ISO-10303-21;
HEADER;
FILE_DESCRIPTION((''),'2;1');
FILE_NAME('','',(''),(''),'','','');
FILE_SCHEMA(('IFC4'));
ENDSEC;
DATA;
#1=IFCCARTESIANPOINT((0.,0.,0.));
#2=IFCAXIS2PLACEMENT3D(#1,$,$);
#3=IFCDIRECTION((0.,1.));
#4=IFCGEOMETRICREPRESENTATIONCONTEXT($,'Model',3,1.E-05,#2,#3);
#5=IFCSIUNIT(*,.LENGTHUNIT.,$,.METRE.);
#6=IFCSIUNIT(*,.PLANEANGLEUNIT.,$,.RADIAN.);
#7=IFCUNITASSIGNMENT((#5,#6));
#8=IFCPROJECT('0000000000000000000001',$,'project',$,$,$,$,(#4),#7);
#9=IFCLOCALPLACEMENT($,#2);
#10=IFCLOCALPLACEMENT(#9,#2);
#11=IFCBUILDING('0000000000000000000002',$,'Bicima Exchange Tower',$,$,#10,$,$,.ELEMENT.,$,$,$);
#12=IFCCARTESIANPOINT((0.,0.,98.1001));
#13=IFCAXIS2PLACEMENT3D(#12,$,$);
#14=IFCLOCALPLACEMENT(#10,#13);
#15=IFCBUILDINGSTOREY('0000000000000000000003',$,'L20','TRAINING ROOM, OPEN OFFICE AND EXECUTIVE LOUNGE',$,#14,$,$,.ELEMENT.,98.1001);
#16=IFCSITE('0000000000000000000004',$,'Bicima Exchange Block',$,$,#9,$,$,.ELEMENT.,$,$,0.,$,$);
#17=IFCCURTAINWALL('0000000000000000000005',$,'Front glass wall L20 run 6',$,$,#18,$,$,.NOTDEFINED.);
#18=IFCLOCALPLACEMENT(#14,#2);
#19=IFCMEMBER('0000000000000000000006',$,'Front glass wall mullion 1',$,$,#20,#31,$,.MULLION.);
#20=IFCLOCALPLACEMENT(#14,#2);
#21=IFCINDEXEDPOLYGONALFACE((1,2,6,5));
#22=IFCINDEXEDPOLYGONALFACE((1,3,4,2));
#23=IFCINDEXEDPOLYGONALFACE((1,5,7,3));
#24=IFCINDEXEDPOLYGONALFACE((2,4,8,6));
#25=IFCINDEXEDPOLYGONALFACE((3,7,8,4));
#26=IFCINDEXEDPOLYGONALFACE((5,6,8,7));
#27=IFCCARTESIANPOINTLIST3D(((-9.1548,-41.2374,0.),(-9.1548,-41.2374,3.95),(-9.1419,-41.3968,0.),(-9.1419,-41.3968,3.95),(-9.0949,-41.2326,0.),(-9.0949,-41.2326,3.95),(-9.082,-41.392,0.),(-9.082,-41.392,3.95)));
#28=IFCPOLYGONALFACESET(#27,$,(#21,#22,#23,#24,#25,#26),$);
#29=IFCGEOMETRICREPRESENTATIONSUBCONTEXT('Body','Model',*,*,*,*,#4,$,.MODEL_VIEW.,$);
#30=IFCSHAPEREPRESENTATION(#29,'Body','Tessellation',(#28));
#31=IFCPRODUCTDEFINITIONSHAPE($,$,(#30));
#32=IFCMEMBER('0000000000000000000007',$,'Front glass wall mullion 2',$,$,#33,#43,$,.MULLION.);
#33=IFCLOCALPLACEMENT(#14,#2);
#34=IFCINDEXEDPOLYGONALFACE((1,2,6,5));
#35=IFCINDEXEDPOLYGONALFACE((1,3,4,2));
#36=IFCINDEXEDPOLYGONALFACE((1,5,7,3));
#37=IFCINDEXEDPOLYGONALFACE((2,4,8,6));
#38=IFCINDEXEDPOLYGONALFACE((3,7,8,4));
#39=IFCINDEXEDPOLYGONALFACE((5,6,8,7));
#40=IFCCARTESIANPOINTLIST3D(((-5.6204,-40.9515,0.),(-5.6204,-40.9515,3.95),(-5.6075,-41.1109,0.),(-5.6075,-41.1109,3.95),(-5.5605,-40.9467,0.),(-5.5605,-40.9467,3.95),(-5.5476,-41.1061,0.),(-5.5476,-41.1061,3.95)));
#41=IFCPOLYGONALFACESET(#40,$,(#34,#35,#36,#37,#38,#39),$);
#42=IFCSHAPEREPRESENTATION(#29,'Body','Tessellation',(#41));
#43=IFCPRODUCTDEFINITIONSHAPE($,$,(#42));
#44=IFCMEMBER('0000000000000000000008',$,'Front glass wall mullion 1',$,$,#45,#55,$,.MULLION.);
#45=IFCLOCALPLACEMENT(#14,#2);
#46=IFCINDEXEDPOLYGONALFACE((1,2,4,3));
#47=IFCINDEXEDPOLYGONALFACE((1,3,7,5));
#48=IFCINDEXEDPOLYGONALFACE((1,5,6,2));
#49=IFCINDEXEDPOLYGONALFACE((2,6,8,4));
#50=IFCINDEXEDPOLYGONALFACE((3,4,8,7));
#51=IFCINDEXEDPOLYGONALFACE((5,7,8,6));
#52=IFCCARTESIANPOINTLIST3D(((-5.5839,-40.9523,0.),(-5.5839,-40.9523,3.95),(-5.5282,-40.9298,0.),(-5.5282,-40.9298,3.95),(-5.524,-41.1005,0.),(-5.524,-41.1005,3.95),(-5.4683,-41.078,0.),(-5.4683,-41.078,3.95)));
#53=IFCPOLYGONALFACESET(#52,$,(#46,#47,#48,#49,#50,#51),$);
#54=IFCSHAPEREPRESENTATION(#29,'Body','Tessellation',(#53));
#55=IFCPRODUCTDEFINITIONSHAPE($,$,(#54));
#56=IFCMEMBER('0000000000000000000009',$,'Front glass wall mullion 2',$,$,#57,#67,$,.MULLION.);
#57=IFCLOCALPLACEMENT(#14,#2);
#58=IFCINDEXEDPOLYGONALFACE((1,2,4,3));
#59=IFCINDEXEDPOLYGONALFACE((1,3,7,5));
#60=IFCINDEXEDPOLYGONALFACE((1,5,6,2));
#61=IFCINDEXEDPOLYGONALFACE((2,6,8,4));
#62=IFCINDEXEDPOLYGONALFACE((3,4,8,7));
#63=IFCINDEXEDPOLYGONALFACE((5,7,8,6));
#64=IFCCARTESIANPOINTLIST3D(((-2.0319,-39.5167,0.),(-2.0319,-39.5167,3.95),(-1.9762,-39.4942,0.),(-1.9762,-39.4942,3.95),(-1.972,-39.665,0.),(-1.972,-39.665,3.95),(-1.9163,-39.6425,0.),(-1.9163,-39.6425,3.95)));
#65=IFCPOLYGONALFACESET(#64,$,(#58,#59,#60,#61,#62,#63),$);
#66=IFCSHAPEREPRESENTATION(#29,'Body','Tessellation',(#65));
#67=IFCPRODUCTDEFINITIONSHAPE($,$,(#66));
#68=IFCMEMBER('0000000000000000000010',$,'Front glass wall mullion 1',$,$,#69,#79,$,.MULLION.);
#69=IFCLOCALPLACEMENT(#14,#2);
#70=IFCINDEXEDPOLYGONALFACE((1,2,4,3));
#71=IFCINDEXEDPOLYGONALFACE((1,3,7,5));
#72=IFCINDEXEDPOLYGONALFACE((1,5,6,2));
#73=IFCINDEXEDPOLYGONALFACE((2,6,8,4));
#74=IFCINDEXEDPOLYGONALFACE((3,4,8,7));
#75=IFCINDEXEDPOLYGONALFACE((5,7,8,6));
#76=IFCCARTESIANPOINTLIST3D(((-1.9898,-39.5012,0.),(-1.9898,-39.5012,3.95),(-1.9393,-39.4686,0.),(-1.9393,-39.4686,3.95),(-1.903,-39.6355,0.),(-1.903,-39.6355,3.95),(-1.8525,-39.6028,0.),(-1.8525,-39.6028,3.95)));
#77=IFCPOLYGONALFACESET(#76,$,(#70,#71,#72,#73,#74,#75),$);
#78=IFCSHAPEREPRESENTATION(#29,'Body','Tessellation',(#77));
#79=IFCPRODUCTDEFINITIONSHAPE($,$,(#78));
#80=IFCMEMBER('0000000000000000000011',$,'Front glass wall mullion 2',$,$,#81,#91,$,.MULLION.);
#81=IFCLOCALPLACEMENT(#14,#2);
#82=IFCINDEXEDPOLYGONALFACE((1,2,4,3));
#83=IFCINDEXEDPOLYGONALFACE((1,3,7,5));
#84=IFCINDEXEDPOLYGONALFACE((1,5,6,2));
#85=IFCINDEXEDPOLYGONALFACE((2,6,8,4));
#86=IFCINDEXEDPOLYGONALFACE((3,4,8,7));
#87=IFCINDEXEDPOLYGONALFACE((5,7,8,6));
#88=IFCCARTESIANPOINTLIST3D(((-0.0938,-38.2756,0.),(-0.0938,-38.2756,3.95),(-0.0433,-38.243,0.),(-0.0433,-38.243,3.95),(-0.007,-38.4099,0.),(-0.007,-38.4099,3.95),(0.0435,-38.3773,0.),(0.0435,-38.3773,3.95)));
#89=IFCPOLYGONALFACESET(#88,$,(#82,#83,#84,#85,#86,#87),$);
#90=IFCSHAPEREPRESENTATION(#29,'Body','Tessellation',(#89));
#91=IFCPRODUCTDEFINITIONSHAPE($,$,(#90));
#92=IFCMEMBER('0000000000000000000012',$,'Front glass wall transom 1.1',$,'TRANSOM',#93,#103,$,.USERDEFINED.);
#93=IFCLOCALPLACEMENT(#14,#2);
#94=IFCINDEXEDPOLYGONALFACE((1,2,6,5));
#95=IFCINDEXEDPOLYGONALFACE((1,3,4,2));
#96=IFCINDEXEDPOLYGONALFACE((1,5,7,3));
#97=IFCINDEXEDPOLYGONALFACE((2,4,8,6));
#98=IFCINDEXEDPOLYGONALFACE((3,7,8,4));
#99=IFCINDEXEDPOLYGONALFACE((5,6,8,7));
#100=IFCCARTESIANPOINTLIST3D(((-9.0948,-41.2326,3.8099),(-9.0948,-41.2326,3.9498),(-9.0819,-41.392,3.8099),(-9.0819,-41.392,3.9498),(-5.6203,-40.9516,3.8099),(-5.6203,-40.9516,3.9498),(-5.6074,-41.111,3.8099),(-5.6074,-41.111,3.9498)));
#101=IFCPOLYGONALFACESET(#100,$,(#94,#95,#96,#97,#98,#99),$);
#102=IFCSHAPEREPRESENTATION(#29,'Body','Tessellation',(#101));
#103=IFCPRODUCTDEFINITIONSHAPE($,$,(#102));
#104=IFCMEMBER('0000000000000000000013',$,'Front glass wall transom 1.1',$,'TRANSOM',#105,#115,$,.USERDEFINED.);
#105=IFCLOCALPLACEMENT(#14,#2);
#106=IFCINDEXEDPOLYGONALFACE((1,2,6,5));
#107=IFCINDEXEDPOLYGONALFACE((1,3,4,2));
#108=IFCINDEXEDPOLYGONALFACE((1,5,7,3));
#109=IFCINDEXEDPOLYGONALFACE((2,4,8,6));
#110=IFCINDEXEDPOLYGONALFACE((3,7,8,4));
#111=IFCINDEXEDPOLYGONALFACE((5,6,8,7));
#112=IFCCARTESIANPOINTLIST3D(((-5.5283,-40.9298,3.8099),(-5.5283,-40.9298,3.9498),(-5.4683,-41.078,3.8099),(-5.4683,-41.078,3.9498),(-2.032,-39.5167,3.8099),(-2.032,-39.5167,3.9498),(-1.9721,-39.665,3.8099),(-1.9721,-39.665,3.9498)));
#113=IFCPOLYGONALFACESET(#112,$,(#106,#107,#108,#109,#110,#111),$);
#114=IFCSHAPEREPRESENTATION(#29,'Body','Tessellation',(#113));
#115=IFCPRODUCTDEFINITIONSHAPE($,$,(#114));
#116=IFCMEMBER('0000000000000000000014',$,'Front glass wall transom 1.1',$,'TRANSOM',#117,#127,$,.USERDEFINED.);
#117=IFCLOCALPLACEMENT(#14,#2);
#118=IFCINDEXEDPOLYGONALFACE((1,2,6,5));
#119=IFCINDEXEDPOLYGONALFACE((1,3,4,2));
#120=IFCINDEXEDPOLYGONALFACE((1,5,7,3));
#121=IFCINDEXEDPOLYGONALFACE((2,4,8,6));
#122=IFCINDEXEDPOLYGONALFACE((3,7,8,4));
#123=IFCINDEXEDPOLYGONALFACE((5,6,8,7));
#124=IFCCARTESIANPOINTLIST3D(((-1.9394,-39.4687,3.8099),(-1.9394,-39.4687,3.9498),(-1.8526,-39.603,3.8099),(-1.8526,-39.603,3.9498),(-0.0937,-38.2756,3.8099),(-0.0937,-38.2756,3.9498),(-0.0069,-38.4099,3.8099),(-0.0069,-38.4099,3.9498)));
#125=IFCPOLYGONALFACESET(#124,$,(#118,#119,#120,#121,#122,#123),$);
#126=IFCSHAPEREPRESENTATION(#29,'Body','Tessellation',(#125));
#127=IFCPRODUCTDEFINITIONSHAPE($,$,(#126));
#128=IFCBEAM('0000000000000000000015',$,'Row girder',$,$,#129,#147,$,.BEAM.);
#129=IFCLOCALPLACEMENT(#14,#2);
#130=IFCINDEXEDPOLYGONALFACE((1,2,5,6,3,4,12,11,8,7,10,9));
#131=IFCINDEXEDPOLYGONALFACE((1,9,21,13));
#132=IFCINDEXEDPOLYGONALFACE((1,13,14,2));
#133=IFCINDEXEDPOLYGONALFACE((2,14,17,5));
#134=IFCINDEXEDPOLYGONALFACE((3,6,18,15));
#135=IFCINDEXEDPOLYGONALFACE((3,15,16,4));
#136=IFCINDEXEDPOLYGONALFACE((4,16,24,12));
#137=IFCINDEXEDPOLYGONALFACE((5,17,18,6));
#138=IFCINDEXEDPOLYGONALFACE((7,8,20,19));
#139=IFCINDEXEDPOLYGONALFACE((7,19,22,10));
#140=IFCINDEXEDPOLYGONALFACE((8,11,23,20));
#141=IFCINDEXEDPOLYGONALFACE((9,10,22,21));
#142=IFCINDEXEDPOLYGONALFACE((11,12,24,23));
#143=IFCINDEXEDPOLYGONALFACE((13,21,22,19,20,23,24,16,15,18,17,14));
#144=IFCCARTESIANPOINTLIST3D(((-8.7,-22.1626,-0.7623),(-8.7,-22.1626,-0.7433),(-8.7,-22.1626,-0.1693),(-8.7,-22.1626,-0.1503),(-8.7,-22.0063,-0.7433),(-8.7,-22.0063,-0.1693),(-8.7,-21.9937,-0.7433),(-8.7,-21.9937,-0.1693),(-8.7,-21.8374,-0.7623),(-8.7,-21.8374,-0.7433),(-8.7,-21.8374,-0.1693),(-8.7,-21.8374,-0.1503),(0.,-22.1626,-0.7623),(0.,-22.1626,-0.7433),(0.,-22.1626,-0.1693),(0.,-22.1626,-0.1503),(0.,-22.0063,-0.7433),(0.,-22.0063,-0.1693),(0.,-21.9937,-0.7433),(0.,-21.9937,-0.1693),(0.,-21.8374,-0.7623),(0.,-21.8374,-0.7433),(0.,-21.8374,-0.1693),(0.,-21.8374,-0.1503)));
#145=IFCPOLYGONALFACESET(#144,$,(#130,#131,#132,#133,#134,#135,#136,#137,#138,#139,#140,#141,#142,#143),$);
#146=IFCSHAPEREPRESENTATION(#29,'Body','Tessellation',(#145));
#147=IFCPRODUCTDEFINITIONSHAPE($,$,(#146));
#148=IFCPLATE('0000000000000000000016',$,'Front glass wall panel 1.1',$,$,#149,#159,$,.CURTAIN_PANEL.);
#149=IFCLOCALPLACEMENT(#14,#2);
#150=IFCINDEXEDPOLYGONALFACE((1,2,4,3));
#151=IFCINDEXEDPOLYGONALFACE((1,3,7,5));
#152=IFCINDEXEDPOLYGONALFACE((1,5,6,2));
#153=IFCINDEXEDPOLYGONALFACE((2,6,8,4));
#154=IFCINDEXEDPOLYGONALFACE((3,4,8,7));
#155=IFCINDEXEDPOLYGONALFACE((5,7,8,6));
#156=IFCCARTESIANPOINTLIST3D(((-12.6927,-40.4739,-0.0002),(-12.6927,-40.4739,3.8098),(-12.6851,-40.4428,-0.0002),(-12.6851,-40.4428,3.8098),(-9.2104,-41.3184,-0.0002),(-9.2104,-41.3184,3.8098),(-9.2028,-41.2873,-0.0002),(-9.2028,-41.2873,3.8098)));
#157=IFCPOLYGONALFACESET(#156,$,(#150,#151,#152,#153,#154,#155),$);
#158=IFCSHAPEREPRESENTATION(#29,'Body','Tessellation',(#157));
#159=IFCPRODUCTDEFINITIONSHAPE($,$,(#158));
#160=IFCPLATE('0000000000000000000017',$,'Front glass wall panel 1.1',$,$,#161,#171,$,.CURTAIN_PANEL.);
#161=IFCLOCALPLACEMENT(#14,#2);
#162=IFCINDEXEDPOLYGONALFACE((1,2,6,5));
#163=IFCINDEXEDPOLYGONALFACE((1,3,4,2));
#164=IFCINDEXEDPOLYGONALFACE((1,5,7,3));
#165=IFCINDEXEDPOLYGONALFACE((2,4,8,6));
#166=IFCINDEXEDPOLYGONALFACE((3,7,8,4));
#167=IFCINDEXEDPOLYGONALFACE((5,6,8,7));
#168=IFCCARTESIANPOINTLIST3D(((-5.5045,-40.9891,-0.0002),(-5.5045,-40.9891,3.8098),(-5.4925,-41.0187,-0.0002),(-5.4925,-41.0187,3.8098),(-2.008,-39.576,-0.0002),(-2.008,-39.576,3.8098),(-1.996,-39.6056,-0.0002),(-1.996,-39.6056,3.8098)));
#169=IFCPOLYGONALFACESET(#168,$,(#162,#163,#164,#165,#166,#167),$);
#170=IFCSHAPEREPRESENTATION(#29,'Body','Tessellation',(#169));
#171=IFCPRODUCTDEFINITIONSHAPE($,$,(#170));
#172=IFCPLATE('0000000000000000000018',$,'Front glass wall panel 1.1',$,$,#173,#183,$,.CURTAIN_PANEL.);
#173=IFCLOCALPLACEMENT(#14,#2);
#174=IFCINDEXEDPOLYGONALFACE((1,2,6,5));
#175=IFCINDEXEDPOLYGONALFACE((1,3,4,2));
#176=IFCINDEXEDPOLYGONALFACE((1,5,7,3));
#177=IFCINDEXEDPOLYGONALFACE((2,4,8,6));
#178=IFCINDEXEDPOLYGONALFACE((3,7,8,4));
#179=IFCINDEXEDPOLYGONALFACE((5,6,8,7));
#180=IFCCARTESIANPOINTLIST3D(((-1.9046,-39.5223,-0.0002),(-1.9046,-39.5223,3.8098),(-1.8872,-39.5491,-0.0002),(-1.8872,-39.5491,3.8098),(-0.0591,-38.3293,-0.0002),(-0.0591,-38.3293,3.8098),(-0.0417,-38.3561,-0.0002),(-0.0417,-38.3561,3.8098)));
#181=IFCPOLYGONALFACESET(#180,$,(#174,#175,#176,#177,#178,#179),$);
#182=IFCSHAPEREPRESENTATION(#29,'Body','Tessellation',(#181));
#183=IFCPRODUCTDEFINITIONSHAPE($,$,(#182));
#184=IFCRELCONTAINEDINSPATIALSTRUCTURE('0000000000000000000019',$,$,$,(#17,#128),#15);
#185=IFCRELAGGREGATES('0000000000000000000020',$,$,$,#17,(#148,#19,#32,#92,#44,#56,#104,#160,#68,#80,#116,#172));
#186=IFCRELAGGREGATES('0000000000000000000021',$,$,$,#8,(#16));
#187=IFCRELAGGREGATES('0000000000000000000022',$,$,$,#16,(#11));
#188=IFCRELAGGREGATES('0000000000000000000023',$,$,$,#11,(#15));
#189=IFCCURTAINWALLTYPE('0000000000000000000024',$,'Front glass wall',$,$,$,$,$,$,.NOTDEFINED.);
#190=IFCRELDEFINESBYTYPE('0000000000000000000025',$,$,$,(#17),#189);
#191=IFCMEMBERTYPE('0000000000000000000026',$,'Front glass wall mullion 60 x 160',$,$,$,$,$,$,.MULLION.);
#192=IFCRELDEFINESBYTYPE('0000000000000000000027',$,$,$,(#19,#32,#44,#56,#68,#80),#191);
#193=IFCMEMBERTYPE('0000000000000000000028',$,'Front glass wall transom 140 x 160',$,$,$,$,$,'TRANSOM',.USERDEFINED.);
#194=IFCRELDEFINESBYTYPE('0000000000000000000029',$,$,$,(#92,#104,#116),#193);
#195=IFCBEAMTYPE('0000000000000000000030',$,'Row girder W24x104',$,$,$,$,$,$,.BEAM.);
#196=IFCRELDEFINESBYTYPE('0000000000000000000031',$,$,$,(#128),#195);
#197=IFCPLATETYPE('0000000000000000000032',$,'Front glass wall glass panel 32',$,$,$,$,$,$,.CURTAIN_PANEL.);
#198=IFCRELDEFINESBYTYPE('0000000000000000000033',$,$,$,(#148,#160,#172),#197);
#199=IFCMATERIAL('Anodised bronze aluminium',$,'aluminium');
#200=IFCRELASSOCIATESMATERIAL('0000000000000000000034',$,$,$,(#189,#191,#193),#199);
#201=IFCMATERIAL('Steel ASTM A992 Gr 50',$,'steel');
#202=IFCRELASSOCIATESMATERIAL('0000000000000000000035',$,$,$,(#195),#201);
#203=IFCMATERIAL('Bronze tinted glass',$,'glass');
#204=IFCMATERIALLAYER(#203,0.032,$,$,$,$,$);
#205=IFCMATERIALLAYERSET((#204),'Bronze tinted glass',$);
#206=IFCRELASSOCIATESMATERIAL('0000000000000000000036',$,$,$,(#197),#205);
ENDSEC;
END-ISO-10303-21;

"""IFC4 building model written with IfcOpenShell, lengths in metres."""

from ifc_helpers import new_model, si_unit, direction, frame, origin, origin_2d, place, context, subcontext, project, spatial, rectangle, i_section, extrude, material, layer, layer_set, material_profile, profile_set, type_object, element, aggregate, save


model = new_model("IFC4")

# Units and contexts
model_context = context("Model", 3, precision=1e-05, world=origin(), true_north=direction((0.0, 1.0)))
body_context = subcontext(model_context, "Body", "Model", "MODEL_VIEW")
ifc_project = project(units=[si_unit("LENGTHUNIT", "METRE"), si_unit("PLANEANGLEUNIT", "RADIAN")], contexts=[model_context])

# Site, building, storey
site_placement = place(None, origin())
site = spatial("IfcSite", under=ifc_project, at=site_placement, Name="Bicima Exchange Block", CompositionType="ELEMENT", RefElevation=0.0)
building_placement = place(site_placement, origin())
building = spatial("IfcBuilding", under=site, at=building_placement, Name="Bicima Exchange Tower", CompositionType="ELEMENT")
storey_placement = place(building_placement, frame((0.0, 0.0, 98.1001)))
storey = spatial("IfcBuildingStorey", under=building, at=storey_placement, Name="L20", Description="TRAINING ROOM, OPEN OFFICE AND EXECUTIVE LOUNGE", CompositionType="ELEMENT", Elevation=98.1001)

# Shared definitions
ifc_material_1 = material(Name="Steel ASTM A992 Gr 50", Category="steel")

# Curtain wall, members
ifc_material_2 = material(Name="Anodised bronze aluminium", Category="aluminium")
curtain_wall_type = type_object("IfcCurtainWallType", Name="Front glass wall", PredefinedType="NOTDEFINED", material=ifc_material_2)
curtain_wall_placement = place(storey_placement, origin())
curtain_wall = element("IfcCurtainWall", 1, at=curtain_wall_placement, inside=storey, type_object=curtain_wall_type, Name="Front glass wall L20 run 6", PredefinedType="NOTDEFINED")
ifc_material_profile_1 = material_profile(ifc_material_2, rectangle(XDim=0.1599, YDim=0.0601, at=origin_2d()))
ifc_profile_set_1 = profile_set([ifc_material_profile_1], Name="Anodised bronze aluminium")
member_type_1 = type_object("IfcMemberType", Name="Front glass wall mullion 60 x 160", PredefinedType="MULLION", material=ifc_profile_set_1)
member_1_placement = place(storey_placement, frame((-9.1184, -41.3147, 0.0), z_axis=(0.0, 0.0, 1.0), x_axis=(-0.080589, 0.996747, 0.0)))
member_1 = element("IfcMember", 2, at=member_1_placement, type_object=member_type_1, Name="Front glass wall mullion 1", PredefinedType="MULLION", context=body_context, shape_type="SweptSolid", body=[
    extrude(rectangle(XDim=0.1599, YDim=0.0601, at=origin_2d()), origin(), (0.0, 0.0, 1.0), 3.95),
])
member_2_placement = place(storey_placement, frame((-5.584, -41.0288, 0.0), z_axis=(0.0, 0.0, 1.0), x_axis=(-0.080589, 0.996747, 0.0)))
member_2 = element("IfcMember", 3, at=member_2_placement, type_object=member_type_1, Name="Front glass wall mullion 2", PredefinedType="MULLION", context=body_context, shape_type="SweptSolid", body=[
    extrude(rectangle(XDim=0.1599, YDim=0.0601, at=origin_2d()), origin(), (0.0, 0.0, 1.0), 3.95),
])
member_3_placement = place(storey_placement, frame((-5.5261, -41.0151, 0.0), z_axis=(0.0, 0.0, 1.0), x_axis=(-0.374705, 0.927144, 0.0)))
member_3 = element("IfcMember", 4, at=member_3_placement, type_object=member_type_1, Name="Front glass wall mullion 1", PredefinedType="MULLION", context=body_context, shape_type="SweptSolid", body=[
    extrude(rectangle(XDim=0.1599, YDim=0.0601, at=origin_2d()), origin(), (0.0, 0.0, 1.0), 3.95),
])
member_4_placement = place(storey_placement, frame((-1.9741, -39.5796, 0.0), z_axis=(0.0, 0.0, 1.0), x_axis=(-0.374705, 0.927144, 0.0)))
member_4 = element("IfcMember", 5, at=member_4_placement, type_object=member_type_1, Name="Front glass wall mullion 2", PredefinedType="MULLION", context=body_context, shape_type="SweptSolid", body=[
    extrude(rectangle(XDim=0.1599, YDim=0.0601, at=origin_2d()), origin(), (0.0, 0.0, 1.0), 3.95),
])
member_5_placement = place(storey_placement, frame((-1.9211, -39.552, 0.0), z_axis=(0.0, 0.0, 1.0), x_axis=(-0.542897, 0.839799, 0.0)))
member_5 = element("IfcMember", 6, at=member_5_placement, type_object=member_type_1, Name="Front glass wall mullion 1", PredefinedType="MULLION", context=body_context, shape_type="SweptSolid", body=[
    extrude(rectangle(XDim=0.1599, YDim=0.0601, at=origin_2d()), origin(), (0.0, 0.0, 1.0), 3.95),
])
member_6_placement = place(storey_placement, frame((-0.0251, -38.3264, 0.0), z_axis=(0.0, 0.0, 1.0), x_axis=(-0.542897, 0.839799, 0.0)))
member_6 = element("IfcMember", 7, at=member_6_placement, type_object=member_type_1, Name="Front glass wall mullion 2", PredefinedType="MULLION", context=body_context, shape_type="SweptSolid", body=[
    extrude(rectangle(XDim=0.1599, YDim=0.0601, at=origin_2d()), origin(), (0.0, 0.0, 1.0), 3.95),
])
ifc_material_profile_2 = material_profile(ifc_material_2, rectangle(XDim=0.1599, YDim=0.1399, at=origin_2d()))
ifc_profile_set_2 = profile_set([ifc_material_profile_2], Name="Anodised bronze aluminium")
member_type_2 = type_object("IfcMemberType", Name="Front glass wall transom 140 x 160", ElementType="TRANSOM", PredefinedType="USERDEFINED", material=ifc_profile_set_2)
member_7_placement = place(storey_placement, frame((-9.0884, -41.3123, 3.8799), z_axis=(0.996746, 0.080611, 0.0), x_axis=(-0.080611, 0.996746, 0.0)))
member_7 = element("IfcMember", 8, at=member_7_placement, type_object=member_type_2, Name="Front glass wall transom 1.1", ObjectType="TRANSOM", PredefinedType="USERDEFINED", context=body_context, shape_type="SweptSolid", body=[
    extrude(rectangle(XDim=0.1599, YDim=0.1399, at=origin_2d()), origin(), (0.0, 0.0, 1.0), 3.4858),
])
member_8_placement = place(storey_placement, frame((-5.4983, -41.0039, 3.8799), z_axis=(0.92714, 0.374715, 0.0), x_axis=(-0.374715, 0.92714, 0.0)))
member_8 = element("IfcMember", 9, at=member_8_placement, type_object=member_type_2, Name="Front glass wall transom 1.1", ObjectType="TRANSOM", PredefinedType="USERDEFINED", context=body_context, shape_type="SweptSolid", body=[
    extrude(rectangle(XDim=0.1599, YDim=0.1399, at=origin_2d()), origin(), (0.0, 0.0, 1.0), 3.771),
])
member_9_placement = place(storey_placement, frame((-1.896, -39.5359, 3.8799), z_axis=(0.839811, 0.542878, 0.0), x_axis=(-0.542878, 0.839811, 0.0)))
member_9 = element("IfcMember", 10, at=member_9_placement, type_object=member_type_2, Name="Front glass wall transom 1.1", ObjectType="TRANSOM", PredefinedType="USERDEFINED", context=body_context, shape_type="SweptSolid", body=[
    extrude(rectangle(XDim=0.1599, YDim=0.1399, at=origin_2d()), origin(), (0.0, 0.0, 1.0), 2.1978),
])

# Beam
ifc_material_profile_3 = material_profile(ifc_material_1, i_section(OverallWidth=0.3252, OverallDepth=0.6121, WebThickness=0.0127, FlangeThickness=0.019, at=origin_2d()))
ifc_profile_set_3 = profile_set([ifc_material_profile_3], Name="Steel ASTM A992 Gr 50")
beam_type_1 = type_object("IfcBeamType", Name="Row girder W24x104", PredefinedType="BEAM", material=ifc_profile_set_3)
beam_1_placement = place(storey_placement, frame((-8.7, -22.0, -0.4563), z_axis=(1.0, 0.0, 0.0), x_axis=(0.0, 1.0, 0.0)))
element("IfcBeam", 11, at=beam_1_placement, inside=storey, type_object=beam_type_1, Name="Row girder", PredefinedType="BEAM", context=body_context, shape_type="SweptSolid", body=[
    extrude(i_section(OverallWidth=0.3252, OverallDepth=0.6121, WebThickness=0.0127, FlangeThickness=0.019, at=origin_2d()), origin(), (0.0, 0.0, 1.0), 8.7),
])

# Plates
ifc_material_3 = material(Name="Bronze tinted glass", Category="glass")
ifc_layer_1 = layer(ifc_material_3, 0.032)
ifc_layer_set_1 = layer_set([ifc_layer_1], Name="Bronze tinted glass")
plate_type_1 = type_object("IfcPlateType", Name="Front glass wall glass panel 32", PredefinedType="CURTAIN_PANEL", material=ifc_layer_set_1)
plate_1_placement = place(storey_placement, frame((-10.9478, -40.8806, -0.0002), z_axis=(0.0, 0.0, 1.0), x_axis=(0.97183, -0.235682, 0.0)))
plate_1 = element("IfcPlate", 12, at=plate_1_placement, type_object=plate_type_1, Name="Front glass wall panel 1.1", PredefinedType="CURTAIN_PANEL", context=body_context, shape_type="SweptSolid", body=[
    extrude(rectangle(XDim=3.5833, YDim=0.032, at=origin_2d()), origin(), (0.0, 0.0, 1.0), 3.8101),
])
plate_2_placement = place(storey_placement, frame((-3.7502, -40.2974, -0.0002), z_axis=(0.0, 0.0, 1.0), x_axis=(0.927144, 0.374705, 0.0)))
plate_2 = element("IfcPlate", 13, at=plate_2_placement, type_object=plate_type_1, Name="Front glass wall panel 1.1", PredefinedType="CURTAIN_PANEL", context=body_context, shape_type="SweptSolid", body=[
    extrude(rectangle(XDim=3.7712, YDim=0.032, at=origin_2d()), origin(), (0.0, 0.0, 1.0), 3.8101),
])
plate_3_placement = place(storey_placement, frame((-0.9731, -38.9392, -0.0002), z_axis=(0.0, 0.0, 1.0), x_axis=(0.839799, 0.542897, 0.0)))
plate_3 = element("IfcPlate", 14, at=plate_3_placement, type_object=plate_type_1, Name="Front glass wall panel 1.1", PredefinedType="CURTAIN_PANEL", context=body_context, shape_type="SweptSolid", body=[
    extrude(rectangle(XDim=2.1975, YDim=0.032, at=origin_2d()), origin(), (0.0, 0.0, 1.0), 3.8101),
])
aggregate(curtain_wall, [plate_1, member_1, member_2, member_7, member_3, member_4, member_8, plate_2, member_5, member_6, member_9, plate_3])

save(model, "model.ifc")
